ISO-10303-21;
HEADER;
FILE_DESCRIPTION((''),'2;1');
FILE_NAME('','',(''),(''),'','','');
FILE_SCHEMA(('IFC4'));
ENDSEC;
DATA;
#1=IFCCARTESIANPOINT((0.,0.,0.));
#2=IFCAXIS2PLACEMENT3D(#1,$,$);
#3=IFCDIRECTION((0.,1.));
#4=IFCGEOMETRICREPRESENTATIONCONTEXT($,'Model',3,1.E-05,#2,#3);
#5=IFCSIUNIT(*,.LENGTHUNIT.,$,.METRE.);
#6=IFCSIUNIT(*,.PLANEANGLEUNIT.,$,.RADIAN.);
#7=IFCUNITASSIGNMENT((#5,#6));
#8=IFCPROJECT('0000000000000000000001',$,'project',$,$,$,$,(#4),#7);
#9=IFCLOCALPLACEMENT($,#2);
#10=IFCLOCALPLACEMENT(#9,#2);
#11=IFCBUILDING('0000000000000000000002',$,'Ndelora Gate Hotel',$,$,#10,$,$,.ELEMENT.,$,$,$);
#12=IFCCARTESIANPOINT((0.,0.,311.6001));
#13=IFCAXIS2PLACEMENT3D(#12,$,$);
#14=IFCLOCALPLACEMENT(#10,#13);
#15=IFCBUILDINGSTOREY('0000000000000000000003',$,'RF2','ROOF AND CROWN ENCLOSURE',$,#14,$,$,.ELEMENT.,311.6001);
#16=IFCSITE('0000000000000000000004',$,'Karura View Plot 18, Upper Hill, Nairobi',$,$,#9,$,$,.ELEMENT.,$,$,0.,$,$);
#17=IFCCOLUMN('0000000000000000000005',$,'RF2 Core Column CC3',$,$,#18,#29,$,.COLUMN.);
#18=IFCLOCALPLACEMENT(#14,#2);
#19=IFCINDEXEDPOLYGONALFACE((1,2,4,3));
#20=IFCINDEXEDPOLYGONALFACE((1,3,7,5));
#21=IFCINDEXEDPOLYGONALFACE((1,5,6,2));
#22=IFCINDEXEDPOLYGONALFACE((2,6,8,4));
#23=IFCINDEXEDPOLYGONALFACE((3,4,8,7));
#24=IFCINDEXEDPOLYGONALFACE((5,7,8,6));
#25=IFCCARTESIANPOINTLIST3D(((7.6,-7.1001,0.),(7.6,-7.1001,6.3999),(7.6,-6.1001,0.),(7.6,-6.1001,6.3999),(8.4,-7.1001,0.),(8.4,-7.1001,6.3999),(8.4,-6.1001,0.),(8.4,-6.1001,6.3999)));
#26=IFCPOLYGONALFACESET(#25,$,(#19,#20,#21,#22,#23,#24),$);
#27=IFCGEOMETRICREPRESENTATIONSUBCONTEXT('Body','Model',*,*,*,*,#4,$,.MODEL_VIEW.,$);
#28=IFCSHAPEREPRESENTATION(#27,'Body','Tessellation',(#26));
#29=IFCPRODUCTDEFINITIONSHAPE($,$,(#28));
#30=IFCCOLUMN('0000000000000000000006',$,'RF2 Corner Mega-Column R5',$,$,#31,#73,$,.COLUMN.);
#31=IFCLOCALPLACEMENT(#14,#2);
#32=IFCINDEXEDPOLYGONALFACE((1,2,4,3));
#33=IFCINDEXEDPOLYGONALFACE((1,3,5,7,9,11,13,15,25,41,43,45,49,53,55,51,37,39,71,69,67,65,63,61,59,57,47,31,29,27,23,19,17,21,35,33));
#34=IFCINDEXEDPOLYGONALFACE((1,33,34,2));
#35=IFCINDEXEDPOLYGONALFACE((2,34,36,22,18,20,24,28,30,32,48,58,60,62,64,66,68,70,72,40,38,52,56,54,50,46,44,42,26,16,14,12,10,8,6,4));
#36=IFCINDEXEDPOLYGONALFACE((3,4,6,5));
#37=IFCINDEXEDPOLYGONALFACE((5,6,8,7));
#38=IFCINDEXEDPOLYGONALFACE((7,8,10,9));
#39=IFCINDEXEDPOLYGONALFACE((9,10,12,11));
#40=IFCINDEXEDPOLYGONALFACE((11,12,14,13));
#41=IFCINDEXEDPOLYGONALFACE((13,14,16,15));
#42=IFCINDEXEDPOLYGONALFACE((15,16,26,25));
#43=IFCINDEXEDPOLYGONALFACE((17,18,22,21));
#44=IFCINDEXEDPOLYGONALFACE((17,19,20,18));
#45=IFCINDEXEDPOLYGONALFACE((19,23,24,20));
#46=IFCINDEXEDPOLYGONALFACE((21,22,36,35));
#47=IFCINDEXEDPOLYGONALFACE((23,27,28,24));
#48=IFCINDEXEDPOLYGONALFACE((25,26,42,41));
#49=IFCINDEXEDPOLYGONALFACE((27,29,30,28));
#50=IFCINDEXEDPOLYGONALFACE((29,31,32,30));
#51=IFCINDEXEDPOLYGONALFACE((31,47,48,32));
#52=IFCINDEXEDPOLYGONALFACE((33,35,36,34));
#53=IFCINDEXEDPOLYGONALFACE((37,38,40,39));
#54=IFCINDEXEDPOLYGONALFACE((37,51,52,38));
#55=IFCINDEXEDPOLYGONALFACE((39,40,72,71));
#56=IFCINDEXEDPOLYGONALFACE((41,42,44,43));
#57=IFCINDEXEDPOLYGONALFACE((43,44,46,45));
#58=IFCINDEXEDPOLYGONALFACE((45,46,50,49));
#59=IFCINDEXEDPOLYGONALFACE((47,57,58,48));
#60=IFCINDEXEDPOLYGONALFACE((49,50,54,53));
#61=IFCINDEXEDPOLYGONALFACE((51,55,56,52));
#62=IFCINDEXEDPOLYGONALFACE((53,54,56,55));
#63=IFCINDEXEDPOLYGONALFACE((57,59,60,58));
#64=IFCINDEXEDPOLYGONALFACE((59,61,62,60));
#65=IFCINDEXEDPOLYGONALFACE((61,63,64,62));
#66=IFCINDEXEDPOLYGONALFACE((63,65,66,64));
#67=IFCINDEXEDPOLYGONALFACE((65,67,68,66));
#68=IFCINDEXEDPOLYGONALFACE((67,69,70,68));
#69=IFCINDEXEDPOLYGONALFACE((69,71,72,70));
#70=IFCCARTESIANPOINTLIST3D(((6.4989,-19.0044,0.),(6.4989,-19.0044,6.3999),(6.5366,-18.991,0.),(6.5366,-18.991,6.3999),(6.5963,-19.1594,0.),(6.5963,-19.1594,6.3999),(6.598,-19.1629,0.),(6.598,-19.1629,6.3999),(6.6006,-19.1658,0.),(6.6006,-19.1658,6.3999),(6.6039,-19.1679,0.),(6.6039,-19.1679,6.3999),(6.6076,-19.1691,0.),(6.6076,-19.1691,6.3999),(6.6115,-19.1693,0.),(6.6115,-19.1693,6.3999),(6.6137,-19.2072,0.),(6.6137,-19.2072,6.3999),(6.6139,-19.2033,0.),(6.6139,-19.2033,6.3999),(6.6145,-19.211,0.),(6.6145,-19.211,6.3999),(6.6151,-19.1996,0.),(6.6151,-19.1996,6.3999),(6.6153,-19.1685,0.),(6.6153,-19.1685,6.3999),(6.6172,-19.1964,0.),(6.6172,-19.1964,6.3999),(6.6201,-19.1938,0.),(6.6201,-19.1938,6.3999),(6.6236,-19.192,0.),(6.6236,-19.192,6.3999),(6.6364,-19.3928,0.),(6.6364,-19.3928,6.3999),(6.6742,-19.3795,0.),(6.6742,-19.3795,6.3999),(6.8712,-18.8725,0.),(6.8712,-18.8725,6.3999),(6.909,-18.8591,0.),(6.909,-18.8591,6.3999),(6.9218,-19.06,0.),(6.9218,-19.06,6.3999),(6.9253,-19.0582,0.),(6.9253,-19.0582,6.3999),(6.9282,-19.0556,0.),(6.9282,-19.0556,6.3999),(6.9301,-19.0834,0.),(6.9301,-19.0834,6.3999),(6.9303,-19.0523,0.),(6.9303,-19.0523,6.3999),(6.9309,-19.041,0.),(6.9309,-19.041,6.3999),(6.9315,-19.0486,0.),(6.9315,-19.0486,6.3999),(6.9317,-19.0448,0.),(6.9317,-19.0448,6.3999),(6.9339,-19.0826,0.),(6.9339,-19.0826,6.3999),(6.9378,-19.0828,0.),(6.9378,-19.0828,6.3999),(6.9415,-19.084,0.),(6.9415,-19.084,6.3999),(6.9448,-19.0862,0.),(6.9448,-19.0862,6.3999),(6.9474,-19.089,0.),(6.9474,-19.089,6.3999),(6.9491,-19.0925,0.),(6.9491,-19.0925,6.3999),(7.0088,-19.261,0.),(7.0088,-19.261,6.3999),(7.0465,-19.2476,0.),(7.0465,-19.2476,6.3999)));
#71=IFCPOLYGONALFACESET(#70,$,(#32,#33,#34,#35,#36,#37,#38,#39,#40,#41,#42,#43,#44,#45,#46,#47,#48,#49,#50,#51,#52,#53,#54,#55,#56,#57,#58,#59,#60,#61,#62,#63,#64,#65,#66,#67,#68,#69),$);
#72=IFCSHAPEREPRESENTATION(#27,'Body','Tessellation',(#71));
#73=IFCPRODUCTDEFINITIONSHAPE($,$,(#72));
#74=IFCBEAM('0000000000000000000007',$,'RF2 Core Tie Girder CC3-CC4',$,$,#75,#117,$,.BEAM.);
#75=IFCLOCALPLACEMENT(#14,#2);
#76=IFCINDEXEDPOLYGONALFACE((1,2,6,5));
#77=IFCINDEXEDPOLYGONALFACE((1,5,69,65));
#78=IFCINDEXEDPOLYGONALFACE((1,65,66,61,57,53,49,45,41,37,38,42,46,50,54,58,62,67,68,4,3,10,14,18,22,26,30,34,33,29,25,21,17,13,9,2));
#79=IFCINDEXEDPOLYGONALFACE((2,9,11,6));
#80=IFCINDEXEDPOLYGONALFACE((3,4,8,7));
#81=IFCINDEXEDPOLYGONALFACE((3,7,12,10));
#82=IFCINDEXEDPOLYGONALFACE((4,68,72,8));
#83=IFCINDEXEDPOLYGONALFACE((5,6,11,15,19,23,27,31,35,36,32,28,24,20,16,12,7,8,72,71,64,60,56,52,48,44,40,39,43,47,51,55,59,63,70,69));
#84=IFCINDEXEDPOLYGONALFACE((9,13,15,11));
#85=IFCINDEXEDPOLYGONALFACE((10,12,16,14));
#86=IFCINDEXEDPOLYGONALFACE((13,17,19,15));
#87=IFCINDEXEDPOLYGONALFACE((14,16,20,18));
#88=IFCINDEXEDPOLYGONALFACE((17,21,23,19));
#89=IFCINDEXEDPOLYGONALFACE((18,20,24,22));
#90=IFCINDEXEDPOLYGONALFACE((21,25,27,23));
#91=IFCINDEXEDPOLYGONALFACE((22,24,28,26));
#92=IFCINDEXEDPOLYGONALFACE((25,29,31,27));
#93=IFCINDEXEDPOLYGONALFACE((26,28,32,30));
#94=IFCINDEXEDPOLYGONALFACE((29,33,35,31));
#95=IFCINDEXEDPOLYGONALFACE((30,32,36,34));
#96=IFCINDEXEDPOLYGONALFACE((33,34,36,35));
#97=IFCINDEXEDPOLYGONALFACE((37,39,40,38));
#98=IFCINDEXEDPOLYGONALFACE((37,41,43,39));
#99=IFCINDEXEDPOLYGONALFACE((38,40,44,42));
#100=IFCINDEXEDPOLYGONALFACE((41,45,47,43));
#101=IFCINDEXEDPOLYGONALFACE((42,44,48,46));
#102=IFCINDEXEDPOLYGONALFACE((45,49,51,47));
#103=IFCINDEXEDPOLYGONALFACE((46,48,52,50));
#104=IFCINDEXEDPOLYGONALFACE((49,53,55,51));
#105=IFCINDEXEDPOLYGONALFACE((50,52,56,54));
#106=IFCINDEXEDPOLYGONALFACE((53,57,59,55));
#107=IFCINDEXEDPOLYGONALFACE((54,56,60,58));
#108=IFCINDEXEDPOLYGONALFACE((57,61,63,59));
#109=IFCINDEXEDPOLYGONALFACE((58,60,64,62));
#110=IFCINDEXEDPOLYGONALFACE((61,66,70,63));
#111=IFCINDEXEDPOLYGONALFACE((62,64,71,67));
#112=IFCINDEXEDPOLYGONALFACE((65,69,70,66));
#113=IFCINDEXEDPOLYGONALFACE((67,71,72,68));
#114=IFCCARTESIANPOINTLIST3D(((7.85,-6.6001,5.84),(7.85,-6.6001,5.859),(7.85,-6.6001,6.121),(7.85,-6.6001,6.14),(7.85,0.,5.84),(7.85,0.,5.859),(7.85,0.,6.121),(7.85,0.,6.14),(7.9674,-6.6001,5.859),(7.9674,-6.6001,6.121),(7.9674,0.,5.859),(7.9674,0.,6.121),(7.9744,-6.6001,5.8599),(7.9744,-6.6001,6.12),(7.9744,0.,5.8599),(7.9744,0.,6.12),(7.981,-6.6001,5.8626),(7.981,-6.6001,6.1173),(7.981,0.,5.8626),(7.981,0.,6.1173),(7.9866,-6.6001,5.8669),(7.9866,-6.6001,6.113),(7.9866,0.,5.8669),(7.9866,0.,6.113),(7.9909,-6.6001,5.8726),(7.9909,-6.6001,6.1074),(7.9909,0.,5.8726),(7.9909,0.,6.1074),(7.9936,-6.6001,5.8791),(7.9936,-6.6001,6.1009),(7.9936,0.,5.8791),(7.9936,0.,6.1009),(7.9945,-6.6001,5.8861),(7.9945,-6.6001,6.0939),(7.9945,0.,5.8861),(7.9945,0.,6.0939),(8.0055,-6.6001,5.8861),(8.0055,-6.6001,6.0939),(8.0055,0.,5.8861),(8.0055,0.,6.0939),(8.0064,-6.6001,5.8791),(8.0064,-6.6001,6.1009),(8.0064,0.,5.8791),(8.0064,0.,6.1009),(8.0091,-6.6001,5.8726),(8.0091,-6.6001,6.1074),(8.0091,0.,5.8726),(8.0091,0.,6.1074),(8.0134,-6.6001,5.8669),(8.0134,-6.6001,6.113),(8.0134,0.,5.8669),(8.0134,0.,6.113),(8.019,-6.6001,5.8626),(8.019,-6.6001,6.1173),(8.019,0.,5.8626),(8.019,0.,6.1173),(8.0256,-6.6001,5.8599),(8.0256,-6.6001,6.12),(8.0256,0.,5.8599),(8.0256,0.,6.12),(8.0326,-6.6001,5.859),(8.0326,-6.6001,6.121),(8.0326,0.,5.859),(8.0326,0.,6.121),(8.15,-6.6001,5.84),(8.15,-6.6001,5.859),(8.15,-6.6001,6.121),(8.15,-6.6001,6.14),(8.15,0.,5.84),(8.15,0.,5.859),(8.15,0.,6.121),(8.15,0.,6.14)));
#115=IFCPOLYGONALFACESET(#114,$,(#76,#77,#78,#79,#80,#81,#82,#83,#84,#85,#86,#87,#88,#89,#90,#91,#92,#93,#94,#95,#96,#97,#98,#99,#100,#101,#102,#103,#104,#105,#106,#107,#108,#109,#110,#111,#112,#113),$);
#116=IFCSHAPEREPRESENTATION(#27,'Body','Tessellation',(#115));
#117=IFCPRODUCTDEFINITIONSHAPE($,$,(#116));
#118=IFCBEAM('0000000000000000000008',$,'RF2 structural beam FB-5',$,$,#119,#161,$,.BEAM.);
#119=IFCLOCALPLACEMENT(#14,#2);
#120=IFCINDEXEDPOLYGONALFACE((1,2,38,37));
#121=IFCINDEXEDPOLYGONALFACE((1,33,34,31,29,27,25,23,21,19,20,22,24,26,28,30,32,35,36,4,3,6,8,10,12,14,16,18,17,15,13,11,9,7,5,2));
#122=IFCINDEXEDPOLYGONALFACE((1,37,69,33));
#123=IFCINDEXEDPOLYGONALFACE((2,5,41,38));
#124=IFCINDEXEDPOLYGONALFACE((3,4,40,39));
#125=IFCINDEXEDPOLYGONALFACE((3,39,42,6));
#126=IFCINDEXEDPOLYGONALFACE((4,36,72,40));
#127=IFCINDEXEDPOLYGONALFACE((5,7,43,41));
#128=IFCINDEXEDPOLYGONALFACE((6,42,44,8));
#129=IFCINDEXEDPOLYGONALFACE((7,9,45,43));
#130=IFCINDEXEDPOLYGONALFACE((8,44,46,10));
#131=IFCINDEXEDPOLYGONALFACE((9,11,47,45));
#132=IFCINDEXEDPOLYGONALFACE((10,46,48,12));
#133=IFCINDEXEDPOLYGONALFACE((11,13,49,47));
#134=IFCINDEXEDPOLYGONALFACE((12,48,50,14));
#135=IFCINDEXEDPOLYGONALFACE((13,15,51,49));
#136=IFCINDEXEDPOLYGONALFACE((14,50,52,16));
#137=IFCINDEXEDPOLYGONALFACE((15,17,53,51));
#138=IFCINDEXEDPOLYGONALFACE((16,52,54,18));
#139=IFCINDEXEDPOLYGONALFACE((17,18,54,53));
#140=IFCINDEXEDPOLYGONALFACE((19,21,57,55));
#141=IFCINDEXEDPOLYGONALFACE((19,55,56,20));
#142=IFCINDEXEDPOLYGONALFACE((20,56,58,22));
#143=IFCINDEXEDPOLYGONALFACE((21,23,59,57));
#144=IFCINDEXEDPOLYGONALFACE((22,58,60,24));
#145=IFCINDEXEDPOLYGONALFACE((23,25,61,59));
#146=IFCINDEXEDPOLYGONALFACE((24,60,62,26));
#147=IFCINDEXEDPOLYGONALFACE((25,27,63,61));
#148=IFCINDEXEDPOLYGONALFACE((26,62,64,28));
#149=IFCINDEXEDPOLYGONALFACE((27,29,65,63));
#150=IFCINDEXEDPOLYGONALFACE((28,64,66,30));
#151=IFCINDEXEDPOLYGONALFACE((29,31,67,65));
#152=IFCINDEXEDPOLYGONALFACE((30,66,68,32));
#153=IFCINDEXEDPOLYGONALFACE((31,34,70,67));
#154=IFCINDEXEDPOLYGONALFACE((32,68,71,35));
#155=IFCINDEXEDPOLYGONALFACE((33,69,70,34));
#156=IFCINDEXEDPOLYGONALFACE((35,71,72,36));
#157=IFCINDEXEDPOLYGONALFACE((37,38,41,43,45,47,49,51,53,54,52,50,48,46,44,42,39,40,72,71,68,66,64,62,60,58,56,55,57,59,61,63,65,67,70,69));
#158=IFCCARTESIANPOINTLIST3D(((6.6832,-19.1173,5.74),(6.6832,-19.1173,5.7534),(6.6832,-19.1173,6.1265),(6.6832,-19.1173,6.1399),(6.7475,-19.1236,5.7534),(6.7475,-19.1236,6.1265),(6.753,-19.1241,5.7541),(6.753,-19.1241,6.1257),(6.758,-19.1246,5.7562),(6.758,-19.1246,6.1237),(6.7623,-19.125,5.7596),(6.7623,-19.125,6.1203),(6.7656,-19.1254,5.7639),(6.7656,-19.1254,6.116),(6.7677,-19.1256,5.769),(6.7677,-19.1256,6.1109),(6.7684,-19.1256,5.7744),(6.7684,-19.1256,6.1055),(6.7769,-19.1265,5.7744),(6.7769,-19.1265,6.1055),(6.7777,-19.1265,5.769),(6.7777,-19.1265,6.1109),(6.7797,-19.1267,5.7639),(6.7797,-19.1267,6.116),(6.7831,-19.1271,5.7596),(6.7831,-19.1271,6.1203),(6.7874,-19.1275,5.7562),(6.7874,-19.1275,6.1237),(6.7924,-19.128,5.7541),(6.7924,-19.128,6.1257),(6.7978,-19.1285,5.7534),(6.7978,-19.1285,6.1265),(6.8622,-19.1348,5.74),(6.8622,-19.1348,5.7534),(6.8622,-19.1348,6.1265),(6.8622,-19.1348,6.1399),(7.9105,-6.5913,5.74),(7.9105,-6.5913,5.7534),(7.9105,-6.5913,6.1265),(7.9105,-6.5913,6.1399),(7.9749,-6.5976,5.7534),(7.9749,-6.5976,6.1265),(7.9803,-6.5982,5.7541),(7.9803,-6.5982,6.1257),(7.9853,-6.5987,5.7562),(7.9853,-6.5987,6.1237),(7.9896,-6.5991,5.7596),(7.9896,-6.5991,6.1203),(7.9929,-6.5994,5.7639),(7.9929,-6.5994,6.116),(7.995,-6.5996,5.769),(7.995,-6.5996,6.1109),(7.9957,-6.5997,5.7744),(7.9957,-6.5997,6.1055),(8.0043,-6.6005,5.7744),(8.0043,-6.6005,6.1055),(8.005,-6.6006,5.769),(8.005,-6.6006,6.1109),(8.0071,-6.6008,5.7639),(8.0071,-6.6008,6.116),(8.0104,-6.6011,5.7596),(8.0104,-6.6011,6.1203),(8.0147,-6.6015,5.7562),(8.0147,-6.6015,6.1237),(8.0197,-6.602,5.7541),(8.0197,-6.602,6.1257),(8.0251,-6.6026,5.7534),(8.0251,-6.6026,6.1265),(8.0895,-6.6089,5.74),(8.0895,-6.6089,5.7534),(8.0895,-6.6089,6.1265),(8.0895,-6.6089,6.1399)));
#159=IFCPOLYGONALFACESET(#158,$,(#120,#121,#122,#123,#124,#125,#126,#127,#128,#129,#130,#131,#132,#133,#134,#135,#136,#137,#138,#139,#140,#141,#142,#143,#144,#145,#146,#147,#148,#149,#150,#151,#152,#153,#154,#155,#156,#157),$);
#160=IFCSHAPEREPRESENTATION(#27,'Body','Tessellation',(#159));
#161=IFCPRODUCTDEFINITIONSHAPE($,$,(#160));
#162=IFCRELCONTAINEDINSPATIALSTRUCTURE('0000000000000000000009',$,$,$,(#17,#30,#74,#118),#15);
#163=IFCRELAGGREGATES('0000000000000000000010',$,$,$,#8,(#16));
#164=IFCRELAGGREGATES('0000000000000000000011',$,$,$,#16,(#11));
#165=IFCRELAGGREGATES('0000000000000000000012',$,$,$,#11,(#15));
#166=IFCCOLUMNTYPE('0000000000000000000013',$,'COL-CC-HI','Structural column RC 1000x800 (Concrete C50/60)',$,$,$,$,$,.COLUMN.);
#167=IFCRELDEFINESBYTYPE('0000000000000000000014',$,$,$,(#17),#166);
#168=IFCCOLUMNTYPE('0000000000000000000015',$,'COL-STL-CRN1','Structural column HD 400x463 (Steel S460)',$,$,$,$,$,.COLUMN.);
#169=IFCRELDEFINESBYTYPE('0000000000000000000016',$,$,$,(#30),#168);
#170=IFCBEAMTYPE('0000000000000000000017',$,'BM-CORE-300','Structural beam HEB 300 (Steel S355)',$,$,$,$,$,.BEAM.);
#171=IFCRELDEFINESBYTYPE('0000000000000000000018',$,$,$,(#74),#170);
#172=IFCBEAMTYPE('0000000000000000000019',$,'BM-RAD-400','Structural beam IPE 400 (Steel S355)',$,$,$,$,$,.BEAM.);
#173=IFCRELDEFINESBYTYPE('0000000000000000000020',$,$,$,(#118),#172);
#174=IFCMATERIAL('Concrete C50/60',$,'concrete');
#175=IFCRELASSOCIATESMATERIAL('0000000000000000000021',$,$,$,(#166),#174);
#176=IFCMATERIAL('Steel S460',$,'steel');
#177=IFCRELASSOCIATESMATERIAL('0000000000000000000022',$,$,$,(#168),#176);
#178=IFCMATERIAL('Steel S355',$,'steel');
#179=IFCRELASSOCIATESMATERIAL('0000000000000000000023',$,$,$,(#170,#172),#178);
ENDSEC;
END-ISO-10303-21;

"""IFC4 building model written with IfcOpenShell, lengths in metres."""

from ifc_helpers import new_model, si_unit, direction, frame, origin, origin_2d, place, context, subcontext, project, spatial, rectangle, i_section, extrude, material, material_profile, profile_set, type_object, element, save


model = new_model("IFC4")

# Units and contexts
model_context = context("Model", 3, precision=1e-05, world=origin(), true_north=direction((0.0, 1.0)))
body_context = subcontext(model_context, "Body", "Model", "MODEL_VIEW")
ifc_project = project(units=[si_unit("LENGTHUNIT", "METRE"), si_unit("PLANEANGLEUNIT", "RADIAN")], contexts=[model_context])

# Site, building, storey
site_placement = place(None, origin())
site = spatial("IfcSite", under=ifc_project, at=site_placement, Name="Karura View Plot 18, Upper Hill, Nairobi", CompositionType="ELEMENT", RefElevation=0.0)
building_placement = place(site_placement, origin())
building = spatial("IfcBuilding", under=site, at=building_placement, Name="Ndelora Gate Hotel", CompositionType="ELEMENT")
storey_placement = place(building_placement, frame((0.0, 0.0, 311.6001)))
storey = spatial("IfcBuildingStorey", under=building, at=storey_placement, Name="RF2", Description="ROOF AND CROWN ENCLOSURE", CompositionType="ELEMENT", Elevation=311.6001)

# Columns
ifc_material_1 = material(Name="Concrete C50/60", Category="concrete")
ifc_material_profile_1 = material_profile(ifc_material_1, rectangle(XDim=0.8, YDim=1.0, at=origin_2d()), Name="RC 1000x800")
ifc_profile_set_1 = profile_set([ifc_material_profile_1], Name="Concrete C50/60")
column_type_1 = type_object("IfcColumnType", Name="COL-CC-HI", Description="Structural column RC 1000x800 (Concrete C50/60)", PredefinedType="COLUMN", material=ifc_profile_set_1)
column_1_placement = place(storey_placement, frame((8.0, -6.6001, 0.0), z_axis=(0.0, 0.0, 1.0), x_axis=(1.0, 0.0, 0.0)))
element("IfcColumn", 1, at=column_1_placement, inside=storey, type_object=column_type_1, Name="RF2 Core Column CC3", PredefinedType="COLUMN", context=body_context, shape_type="SweptSolid", body=[
    extrude(rectangle(XDim=0.8, YDim=1.0, at=origin_2d()), origin(), (0.0, 0.0, 1.0), 6.3999),
])
ifc_material_2 = material(Name="Steel S460", Category="steel")
ifc_material_profile_2 = material_profile(ifc_material_2, i_section(OverallWidth=0.4121, OverallDepth=0.4351, WebThickness=0.0249, FlangeThickness=0.04, FilletRadius=0.0149, at=origin_2d()), Name="HD 400x463")
ifc_profile_set_2 = profile_set([ifc_material_profile_2], Name="Steel S460")
column_type_2 = type_object("IfcColumnType", Name="COL-STL-CRN1", Description="Structural column HD 400x463 (Steel S460)", PredefinedType="COLUMN", material=ifc_profile_set_2)
column_2_placement = place(storey_placement, frame((6.7727, -19.126, 0.0), z_axis=(0.0, 0.0, 1.0), x_axis=(-0.333807, 0.942641, 0.0)))
element("IfcColumn", 2, at=column_2_placement, inside=storey, type_object=column_type_2, Name="RF2 Corner Mega-Column R5", PredefinedType="COLUMN", context=body_context, shape_type="SweptSolid", body=[
    extrude(i_section(OverallWidth=0.4121, OverallDepth=0.4351, WebThickness=0.0249, FlangeThickness=0.04, FilletRadius=0.0149, at=origin_2d()), origin(), (0.0, 0.0, 1.0), 6.3999),
])

# Beams
ifc_material_3 = material(Name="Steel S355", Category="steel")
ifc_material_profile_3 = material_profile(ifc_material_3, i_section(OverallWidth=0.3, OverallDepth=0.3, WebThickness=0.011, FlangeThickness=0.019, FilletRadius=0.0271, at=origin_2d()), Name="HEB 300")
ifc_profile_set_3 = profile_set([ifc_material_profile_3], Name="Steel S355")
beam_type_1 = type_object("IfcBeamType", Name="BM-CORE-300", Description="Structural beam HEB 300 (Steel S355)", PredefinedType="BEAM", material=ifc_profile_set_3)
beam_1_placement = place(storey_placement, frame((8.0, -6.6001, 5.99), z_axis=(0.0, 1.0, 0.0), x_axis=(-1.0, 0.0, 0.0)))
element("IfcBeam", 3, at=beam_1_placement, inside=storey, type_object=beam_type_1, Name="RF2 Core Tie Girder CC3-CC4", PredefinedType="BEAM", context=body_context, shape_type="SweptSolid", body=[
    extrude(i_section(OverallWidth=0.3, OverallDepth=0.3, WebThickness=0.011, FlangeThickness=0.019, FilletRadius=0.0271, at=origin_2d()), origin(), (0.0, 0.0, 1.0), 6.6001),
])
ifc_material_profile_4 = material_profile(ifc_material_3, i_section(OverallWidth=0.1799, OverallDepth=0.3999, WebThickness=0.0085, FlangeThickness=0.0134, FilletRadius=0.021, at=origin_2d()), Name="IPE 400")
ifc_profile_set_4 = profile_set([ifc_material_profile_4], Name="Steel S355")
beam_type_2 = type_object("IfcBeamType", Name="BM-RAD-400", Description="Structural beam IPE 400 (Steel S355)", PredefinedType="BEAM", material=ifc_profile_set_4)
beam_2_placement = place(storey_placement, frame((8.0, -6.6001, 5.9399), z_axis=(-0.097514, -0.995234, 0.0), x_axis=(0.995234, -0.097514, 0.0)))
element("IfcBeam", 4, at=beam_2_placement, inside=storey, type_object=beam_type_2, Name="RF2 structural beam FB-5", PredefinedType="BEAM", context=body_context, shape_type="SweptSolid", body=[
    extrude(i_section(OverallWidth=0.1799, OverallDepth=0.3999, WebThickness=0.0085, FlangeThickness=0.0134, FilletRadius=0.021, at=origin_2d()), origin(), (0.0, 0.0, 1.0), 12.5859),
])

save(model, "model.ifc")
